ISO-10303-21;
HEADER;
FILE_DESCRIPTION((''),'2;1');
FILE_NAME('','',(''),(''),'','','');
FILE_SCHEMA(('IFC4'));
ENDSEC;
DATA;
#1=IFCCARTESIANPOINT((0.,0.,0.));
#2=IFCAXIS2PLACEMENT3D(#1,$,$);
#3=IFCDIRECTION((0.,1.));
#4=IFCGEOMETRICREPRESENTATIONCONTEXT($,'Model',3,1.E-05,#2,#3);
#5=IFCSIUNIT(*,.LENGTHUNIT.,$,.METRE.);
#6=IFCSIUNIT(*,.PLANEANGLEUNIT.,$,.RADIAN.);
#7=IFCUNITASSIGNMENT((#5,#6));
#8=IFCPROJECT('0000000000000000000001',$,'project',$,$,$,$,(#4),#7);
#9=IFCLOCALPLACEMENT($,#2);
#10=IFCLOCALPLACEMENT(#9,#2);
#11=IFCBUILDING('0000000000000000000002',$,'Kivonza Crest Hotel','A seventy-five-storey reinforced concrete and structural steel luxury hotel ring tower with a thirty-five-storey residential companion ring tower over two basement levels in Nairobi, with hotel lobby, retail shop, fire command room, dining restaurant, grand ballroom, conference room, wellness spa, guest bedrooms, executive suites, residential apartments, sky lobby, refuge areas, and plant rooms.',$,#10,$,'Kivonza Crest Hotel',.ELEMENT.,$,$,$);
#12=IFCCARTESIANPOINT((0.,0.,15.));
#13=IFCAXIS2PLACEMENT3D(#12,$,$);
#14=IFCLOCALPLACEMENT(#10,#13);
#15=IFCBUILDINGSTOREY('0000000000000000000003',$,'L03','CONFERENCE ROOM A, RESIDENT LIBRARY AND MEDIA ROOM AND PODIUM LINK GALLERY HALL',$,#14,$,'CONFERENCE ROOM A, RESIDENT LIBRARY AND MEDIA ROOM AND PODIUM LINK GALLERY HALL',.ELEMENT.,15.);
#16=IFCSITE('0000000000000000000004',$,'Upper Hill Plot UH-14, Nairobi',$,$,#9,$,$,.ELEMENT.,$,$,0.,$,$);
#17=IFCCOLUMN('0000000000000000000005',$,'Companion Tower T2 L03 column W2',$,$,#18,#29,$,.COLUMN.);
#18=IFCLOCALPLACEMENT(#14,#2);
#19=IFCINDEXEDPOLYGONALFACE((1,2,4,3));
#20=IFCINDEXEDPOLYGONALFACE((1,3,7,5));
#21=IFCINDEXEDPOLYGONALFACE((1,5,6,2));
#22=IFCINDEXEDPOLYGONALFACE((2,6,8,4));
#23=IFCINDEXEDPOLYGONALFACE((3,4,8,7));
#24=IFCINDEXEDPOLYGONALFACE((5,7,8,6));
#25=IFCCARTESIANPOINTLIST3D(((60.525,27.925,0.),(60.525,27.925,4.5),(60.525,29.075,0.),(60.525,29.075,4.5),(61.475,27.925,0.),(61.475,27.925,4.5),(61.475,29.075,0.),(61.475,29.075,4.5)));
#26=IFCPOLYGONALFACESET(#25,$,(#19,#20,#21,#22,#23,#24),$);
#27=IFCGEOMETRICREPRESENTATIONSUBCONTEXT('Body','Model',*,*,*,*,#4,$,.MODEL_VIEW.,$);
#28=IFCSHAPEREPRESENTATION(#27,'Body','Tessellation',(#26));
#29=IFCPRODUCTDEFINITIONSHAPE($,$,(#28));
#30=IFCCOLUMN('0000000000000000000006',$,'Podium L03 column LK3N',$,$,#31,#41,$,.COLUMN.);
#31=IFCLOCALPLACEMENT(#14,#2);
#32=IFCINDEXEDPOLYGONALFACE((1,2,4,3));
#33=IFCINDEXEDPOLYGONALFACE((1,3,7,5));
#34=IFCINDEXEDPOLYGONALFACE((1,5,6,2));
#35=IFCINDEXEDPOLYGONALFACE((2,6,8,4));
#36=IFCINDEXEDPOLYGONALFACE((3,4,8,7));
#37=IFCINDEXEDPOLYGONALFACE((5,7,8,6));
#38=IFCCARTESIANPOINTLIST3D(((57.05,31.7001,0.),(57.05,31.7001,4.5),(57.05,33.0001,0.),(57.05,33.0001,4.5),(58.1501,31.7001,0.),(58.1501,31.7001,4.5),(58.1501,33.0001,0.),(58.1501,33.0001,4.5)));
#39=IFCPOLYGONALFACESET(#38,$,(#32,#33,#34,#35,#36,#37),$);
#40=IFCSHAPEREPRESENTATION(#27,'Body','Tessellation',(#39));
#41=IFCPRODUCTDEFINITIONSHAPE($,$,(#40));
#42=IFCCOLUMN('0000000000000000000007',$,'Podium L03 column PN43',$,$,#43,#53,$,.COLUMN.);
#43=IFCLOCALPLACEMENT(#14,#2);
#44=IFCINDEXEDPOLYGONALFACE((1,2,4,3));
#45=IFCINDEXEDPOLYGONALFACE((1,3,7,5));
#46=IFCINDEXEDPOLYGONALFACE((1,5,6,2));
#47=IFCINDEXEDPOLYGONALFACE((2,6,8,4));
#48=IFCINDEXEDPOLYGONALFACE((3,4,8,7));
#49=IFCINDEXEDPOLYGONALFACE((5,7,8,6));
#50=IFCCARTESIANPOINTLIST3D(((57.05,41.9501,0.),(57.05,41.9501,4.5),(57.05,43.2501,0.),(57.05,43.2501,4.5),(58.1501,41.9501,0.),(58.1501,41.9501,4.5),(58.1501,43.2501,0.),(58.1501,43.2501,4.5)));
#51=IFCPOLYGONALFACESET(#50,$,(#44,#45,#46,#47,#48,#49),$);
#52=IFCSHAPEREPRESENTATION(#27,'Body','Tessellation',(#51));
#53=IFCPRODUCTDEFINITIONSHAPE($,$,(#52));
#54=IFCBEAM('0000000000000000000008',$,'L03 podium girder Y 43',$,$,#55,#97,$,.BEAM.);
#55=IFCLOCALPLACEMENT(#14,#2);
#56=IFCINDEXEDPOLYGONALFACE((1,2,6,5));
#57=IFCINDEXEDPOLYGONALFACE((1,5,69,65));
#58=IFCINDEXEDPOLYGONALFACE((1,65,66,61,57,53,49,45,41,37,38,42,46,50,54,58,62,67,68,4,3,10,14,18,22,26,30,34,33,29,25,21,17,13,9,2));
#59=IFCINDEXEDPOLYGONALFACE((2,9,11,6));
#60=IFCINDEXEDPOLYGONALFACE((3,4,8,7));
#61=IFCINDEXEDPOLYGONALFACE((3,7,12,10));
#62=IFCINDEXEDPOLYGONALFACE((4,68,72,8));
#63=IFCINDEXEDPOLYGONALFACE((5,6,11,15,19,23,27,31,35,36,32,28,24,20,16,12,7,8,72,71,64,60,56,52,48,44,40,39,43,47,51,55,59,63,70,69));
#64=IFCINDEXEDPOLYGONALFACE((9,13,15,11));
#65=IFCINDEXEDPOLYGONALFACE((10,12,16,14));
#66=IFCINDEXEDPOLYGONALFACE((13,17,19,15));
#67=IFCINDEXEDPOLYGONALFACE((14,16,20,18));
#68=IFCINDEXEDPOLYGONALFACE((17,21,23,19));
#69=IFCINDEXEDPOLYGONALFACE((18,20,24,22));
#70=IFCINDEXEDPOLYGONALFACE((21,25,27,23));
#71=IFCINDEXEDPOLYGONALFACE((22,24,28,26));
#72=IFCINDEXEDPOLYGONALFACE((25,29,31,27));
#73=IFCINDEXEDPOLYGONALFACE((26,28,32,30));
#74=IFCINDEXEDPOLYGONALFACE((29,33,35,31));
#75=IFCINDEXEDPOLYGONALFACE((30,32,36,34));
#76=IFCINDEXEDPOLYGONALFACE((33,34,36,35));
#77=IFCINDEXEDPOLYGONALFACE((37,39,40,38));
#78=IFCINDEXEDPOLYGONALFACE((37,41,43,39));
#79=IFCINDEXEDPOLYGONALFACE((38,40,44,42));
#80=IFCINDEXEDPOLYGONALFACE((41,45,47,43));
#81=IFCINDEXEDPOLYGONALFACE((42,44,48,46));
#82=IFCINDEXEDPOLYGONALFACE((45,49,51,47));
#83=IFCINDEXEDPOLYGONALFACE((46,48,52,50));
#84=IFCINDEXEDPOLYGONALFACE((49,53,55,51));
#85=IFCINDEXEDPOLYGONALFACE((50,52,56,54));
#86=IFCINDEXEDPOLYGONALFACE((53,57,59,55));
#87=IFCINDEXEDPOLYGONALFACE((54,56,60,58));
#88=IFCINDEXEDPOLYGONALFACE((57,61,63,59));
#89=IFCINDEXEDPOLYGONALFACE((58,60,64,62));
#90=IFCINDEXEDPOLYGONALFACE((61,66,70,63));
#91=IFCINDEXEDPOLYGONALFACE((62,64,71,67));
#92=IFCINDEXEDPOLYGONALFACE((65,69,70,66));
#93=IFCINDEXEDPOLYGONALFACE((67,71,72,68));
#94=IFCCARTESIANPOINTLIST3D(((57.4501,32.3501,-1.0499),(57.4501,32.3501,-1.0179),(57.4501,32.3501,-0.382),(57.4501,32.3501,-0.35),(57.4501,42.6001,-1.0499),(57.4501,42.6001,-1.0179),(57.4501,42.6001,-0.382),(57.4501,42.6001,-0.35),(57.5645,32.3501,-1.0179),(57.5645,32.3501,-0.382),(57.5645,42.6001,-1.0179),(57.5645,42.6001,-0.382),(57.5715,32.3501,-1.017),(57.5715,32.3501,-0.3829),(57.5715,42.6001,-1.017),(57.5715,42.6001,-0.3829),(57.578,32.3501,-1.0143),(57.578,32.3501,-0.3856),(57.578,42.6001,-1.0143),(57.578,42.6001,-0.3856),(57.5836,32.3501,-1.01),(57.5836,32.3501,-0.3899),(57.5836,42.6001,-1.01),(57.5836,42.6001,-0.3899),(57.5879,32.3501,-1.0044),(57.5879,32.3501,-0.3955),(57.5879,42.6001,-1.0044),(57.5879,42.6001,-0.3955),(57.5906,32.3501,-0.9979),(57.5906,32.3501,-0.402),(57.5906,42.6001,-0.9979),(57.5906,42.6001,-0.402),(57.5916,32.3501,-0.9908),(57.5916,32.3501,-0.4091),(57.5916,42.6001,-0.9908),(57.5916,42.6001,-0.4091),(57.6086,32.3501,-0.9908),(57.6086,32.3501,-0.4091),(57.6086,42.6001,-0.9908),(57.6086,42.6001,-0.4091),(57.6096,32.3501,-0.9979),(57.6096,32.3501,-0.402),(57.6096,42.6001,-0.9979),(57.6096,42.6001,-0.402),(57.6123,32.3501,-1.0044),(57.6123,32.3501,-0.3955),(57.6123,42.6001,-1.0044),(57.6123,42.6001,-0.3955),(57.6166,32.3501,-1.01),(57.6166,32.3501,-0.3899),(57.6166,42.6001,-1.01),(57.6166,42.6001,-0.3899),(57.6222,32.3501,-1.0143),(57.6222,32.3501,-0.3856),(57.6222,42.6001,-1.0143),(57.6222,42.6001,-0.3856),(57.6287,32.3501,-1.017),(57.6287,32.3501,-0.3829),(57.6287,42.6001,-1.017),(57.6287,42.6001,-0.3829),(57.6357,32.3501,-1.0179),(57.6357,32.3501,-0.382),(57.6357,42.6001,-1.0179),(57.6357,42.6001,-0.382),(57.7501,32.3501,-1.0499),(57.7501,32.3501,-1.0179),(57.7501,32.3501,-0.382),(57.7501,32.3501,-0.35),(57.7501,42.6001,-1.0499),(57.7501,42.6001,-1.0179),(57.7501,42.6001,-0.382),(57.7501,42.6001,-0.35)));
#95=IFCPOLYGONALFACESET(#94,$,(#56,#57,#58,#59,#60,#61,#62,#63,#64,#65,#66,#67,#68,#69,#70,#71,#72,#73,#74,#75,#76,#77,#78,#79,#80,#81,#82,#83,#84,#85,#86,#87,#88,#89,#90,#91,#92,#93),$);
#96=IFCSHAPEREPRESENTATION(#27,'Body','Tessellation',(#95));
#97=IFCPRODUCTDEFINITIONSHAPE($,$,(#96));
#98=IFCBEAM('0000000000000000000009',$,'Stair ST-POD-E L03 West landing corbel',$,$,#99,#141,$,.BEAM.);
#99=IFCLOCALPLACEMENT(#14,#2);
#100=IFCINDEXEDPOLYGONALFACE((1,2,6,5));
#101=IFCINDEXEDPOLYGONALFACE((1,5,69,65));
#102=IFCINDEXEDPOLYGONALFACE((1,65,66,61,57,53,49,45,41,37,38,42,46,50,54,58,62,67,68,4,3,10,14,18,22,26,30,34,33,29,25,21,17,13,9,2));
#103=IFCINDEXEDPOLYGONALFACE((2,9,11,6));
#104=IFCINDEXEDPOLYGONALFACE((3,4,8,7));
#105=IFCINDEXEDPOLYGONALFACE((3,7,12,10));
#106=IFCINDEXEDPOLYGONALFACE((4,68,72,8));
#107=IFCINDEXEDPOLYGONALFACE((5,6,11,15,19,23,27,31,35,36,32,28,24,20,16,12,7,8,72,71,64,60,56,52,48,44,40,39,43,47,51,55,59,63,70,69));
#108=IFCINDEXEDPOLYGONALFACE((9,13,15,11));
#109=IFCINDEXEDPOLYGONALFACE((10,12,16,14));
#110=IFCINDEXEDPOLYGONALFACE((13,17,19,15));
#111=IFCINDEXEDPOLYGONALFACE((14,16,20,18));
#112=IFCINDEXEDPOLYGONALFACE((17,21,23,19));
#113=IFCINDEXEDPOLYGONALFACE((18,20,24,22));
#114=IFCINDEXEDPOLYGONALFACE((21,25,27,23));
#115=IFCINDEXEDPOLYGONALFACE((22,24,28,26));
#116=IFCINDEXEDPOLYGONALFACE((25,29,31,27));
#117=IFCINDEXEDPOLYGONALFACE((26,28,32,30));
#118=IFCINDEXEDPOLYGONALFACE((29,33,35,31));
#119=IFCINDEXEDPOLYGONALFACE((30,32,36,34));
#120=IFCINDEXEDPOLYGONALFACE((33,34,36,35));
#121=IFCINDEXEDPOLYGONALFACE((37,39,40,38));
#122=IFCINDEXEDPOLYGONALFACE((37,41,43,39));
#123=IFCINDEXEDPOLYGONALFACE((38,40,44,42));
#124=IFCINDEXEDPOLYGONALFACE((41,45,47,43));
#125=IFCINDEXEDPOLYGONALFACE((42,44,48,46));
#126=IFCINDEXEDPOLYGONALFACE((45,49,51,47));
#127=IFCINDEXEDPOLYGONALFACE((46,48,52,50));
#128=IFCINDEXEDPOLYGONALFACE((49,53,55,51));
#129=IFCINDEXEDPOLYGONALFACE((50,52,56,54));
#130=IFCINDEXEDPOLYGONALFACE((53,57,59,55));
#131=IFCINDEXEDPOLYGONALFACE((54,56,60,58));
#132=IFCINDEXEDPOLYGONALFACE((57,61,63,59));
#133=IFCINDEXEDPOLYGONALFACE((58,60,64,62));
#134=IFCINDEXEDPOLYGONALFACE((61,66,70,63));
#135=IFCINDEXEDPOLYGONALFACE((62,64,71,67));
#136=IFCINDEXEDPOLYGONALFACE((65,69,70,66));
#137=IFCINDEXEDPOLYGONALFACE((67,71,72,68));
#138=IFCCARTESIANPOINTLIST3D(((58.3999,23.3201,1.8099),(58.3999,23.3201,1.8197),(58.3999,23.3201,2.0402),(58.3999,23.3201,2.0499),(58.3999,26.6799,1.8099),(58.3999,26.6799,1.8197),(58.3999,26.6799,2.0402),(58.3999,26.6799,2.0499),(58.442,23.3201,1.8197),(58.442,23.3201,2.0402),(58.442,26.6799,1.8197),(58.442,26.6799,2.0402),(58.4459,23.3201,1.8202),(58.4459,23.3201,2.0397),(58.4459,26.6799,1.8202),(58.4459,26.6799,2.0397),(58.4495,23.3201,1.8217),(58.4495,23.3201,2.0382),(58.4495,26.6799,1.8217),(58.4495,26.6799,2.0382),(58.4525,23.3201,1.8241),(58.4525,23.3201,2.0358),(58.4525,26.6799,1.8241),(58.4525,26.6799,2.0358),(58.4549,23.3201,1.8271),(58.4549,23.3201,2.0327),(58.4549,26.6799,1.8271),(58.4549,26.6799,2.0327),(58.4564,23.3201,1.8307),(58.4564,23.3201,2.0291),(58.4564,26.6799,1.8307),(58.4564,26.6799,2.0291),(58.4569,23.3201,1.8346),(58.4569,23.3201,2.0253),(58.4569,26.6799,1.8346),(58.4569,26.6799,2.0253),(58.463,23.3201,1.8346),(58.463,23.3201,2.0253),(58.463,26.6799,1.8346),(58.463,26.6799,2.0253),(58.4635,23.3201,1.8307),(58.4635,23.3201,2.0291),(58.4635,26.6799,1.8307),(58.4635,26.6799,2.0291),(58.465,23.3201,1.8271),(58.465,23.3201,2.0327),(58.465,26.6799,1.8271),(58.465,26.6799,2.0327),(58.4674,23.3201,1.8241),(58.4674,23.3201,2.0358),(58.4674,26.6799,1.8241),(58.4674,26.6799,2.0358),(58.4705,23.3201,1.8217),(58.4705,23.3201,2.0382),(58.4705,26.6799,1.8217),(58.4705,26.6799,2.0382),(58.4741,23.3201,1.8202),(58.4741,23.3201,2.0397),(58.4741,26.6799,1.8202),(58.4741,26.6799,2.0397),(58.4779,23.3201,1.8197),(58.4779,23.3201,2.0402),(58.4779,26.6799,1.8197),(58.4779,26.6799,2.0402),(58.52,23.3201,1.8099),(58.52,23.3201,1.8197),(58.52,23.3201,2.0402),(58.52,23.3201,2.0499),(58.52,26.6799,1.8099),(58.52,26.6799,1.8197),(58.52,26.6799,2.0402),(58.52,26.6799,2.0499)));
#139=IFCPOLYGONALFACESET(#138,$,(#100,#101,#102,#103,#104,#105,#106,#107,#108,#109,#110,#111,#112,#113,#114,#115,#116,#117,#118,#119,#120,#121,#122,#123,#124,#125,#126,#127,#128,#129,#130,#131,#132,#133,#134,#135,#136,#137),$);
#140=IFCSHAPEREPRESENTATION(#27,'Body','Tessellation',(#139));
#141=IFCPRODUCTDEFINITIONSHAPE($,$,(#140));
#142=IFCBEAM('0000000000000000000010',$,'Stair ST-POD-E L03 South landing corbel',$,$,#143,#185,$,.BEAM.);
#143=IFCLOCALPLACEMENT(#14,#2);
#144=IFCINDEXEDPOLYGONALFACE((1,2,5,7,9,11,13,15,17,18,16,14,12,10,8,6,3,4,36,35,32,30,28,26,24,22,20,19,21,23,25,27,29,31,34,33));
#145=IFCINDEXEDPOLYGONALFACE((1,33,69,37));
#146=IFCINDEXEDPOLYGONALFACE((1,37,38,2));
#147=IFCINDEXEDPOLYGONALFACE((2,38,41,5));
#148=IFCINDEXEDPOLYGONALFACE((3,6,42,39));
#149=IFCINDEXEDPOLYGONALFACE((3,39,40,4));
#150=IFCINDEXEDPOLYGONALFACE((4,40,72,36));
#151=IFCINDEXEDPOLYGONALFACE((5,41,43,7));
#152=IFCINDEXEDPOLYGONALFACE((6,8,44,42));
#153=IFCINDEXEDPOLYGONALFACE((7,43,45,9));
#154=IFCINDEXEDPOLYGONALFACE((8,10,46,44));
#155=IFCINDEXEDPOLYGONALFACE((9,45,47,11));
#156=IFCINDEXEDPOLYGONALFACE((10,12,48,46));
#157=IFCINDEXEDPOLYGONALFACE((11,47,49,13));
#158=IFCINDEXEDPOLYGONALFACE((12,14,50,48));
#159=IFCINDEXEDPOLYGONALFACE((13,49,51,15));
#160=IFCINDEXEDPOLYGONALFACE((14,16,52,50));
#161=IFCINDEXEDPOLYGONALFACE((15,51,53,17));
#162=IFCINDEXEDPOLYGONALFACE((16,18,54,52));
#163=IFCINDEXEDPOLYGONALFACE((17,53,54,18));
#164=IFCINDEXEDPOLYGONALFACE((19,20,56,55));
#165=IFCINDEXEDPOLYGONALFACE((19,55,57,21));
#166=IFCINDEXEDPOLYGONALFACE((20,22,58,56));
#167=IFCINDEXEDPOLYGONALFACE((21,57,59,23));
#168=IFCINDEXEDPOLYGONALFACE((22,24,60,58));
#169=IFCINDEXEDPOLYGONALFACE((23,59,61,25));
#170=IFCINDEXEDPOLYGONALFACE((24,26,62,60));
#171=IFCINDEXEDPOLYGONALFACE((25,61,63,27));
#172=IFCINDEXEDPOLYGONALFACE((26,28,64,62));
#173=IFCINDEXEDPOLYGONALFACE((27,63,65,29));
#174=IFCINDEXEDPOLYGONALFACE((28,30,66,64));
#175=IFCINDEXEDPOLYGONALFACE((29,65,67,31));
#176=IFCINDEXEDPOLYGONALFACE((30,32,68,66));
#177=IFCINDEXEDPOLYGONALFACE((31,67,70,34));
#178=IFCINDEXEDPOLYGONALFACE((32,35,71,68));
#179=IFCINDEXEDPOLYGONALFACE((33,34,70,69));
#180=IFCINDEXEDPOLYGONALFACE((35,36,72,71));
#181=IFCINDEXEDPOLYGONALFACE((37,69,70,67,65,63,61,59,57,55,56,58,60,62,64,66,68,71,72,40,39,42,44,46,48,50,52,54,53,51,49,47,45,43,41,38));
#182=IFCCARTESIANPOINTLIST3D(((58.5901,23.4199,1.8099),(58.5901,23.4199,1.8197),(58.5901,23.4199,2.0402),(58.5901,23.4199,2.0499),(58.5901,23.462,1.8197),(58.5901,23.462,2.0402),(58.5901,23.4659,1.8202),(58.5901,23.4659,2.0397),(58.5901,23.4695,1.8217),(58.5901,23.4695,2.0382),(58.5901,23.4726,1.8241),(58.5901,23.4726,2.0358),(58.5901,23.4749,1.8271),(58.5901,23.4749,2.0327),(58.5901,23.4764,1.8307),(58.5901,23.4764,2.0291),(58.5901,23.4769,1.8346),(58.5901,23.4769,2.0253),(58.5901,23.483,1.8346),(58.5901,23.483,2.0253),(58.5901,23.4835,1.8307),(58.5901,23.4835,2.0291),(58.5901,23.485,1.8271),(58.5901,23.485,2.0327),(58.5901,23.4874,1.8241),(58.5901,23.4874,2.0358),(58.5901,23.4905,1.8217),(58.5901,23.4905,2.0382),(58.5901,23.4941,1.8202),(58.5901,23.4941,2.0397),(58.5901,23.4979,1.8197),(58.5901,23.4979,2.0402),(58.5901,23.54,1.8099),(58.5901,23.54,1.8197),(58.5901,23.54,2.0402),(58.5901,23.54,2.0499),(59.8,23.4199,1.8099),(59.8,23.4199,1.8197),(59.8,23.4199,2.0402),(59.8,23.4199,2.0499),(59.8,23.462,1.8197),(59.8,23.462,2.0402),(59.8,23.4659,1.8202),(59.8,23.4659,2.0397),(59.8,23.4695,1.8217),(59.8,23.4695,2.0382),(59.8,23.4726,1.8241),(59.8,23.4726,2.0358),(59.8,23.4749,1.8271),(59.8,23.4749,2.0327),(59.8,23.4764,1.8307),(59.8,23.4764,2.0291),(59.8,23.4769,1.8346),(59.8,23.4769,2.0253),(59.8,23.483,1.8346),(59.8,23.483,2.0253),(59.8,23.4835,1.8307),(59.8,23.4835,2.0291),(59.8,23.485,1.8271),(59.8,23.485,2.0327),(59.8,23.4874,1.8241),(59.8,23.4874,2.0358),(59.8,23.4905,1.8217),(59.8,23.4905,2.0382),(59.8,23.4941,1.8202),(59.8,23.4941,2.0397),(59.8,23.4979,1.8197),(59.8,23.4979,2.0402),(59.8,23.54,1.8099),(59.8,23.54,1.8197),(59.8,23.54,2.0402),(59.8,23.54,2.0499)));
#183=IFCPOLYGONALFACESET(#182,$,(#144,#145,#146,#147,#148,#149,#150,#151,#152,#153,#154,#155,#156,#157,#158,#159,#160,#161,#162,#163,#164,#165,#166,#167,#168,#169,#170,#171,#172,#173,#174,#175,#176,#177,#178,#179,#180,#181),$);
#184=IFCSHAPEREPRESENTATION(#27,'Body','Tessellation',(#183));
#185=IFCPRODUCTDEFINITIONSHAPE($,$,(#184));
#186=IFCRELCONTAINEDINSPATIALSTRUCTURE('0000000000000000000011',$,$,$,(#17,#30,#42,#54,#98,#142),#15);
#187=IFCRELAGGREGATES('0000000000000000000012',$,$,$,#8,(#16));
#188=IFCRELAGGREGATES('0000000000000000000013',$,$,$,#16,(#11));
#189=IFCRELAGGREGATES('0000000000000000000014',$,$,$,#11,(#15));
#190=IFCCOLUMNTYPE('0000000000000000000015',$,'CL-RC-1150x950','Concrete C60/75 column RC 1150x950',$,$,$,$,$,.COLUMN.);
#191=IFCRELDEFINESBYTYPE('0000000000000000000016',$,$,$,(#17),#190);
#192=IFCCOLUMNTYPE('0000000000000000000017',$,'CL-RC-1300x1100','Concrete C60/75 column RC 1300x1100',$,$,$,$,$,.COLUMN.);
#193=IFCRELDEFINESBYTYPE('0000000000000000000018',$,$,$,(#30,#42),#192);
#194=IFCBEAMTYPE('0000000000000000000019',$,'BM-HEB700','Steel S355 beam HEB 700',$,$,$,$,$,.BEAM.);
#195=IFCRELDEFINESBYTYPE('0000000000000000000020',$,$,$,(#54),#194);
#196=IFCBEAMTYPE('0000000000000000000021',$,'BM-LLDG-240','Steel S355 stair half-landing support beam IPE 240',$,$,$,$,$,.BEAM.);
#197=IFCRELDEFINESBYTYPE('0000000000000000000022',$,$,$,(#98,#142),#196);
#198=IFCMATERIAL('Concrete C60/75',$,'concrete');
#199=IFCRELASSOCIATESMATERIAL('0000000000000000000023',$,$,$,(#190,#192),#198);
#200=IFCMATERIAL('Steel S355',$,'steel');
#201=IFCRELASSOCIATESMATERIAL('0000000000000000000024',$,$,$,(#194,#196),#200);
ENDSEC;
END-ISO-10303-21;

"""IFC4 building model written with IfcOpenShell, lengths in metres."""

from ifc_helpers import new_model, si_unit, direction, frame, origin, origin_2d, place, context, subcontext, project, spatial, rectangle, i_section, extrude, material, material_profile, profile_set, type_object, element, save


model = new_model("IFC4")

# Units and contexts
model_context = context("Model", 3, precision=1e-05, world=origin(), true_north=direction((0.0, 1.0)))
body_context = subcontext(model_context, "Body", "Model", "MODEL_VIEW")
ifc_project = project(units=[si_unit("LENGTHUNIT", "METRE"), si_unit("PLANEANGLEUNIT", "RADIAN")], contexts=[model_context])

# Site, building, storey
site_placement = place(None, origin())
site = spatial("IfcSite", under=ifc_project, at=site_placement, Name="Upper Hill Plot UH-14, Nairobi", CompositionType="ELEMENT", RefElevation=0.0)
building_placement = place(site_placement, origin())
building = spatial("IfcBuilding", under=site, at=building_placement, Name="Kivonza Crest Hotel", Description="A seventy-five-storey reinforced concrete and structural steel luxury hotel ring tower with a thirty-five-storey residential companion ring tower over two basement levels in Nairobi, with hotel lobby, retail shop, fire command room, dining restaurant, grand ballroom, conference room, wellness spa, guest bedrooms, executive suites, residential apartments, sky lobby, refuge areas, and plant rooms.", LongName="Kivonza Crest Hotel", CompositionType="ELEMENT")
storey_placement = place(building_placement, frame((0.0, 0.0, 15.0)))
storey = spatial("IfcBuildingStorey", under=building, at=storey_placement, Name="L03", Description="CONFERENCE ROOM A, RESIDENT LIBRARY AND MEDIA ROOM AND PODIUM LINK GALLERY HALL", LongName="CONFERENCE ROOM A, RESIDENT LIBRARY AND MEDIA ROOM AND PODIUM LINK GALLERY HALL", CompositionType="ELEMENT", Elevation=15.0)

# Columns
ifc_material_1 = material(Name="Concrete C60/75", Category="concrete")
ifc_material_profile_1 = material_profile(ifc_material_1, rectangle(XDim=0.95, YDim=1.1499, at=origin_2d()), Name="RC 1150x950")
ifc_profile_set_1 = profile_set([ifc_material_profile_1], Name="Concrete C60/75")
column_type_1 = type_object("IfcColumnType", Name="CL-RC-1150x950", Description="Concrete C60/75 column RC 1150x950", PredefinedType="COLUMN", material=ifc_profile_set_1)
column_placement = place(storey_placement, frame((61.0, 28.5, 0.0), z_axis=(0.0, 0.0, 1.0), x_axis=(1.0, 0.0, 0.0)))
element("IfcColumn", 1, at=column_placement, inside=storey, type_object=column_type_1, Name="Companion Tower T2 L03 column W2", PredefinedType="COLUMN", context=body_context, shape_type="SweptSolid", body=[
    extrude(rectangle(XDim=0.95, YDim=1.1499, at=origin_2d()), origin(), (0.0, 0.0, 1.0), 4.5),
])
ifc_material_profile_2 = material_profile(ifc_material_1, rectangle(XDim=1.1001, YDim=1.3, at=origin_2d()), Name="RC 1300x1100")
ifc_profile_set_2 = profile_set([ifc_material_profile_2], Name="Concrete C60/75")
column_type_2 = type_object("IfcColumnType", Name="CL-RC-1300x1100", Description="Concrete C60/75 column RC 1300x1100", PredefinedType="COLUMN", material=ifc_profile_set_2)
for number, where, z_axis, x_axis, name in (
    (2, (57.6001, 32.3501, 0.0), (0.0, 0.0, 1.0), (1.0, 0.0, 0.0), "Podium L03 column LK3N"),
    (3, (57.6001, 42.6001, 0.0), (0.0, 0.0, 1.0), (1.0, 0.0, 0.0), "Podium L03 column PN43"),
):
    element("IfcColumn", number, at=place(storey_placement, frame(where, z_axis=z_axis, x_axis=x_axis)), inside=storey, type_object=column_type_2, Name=name, PredefinedType="COLUMN", context=body_context, shape_type="SweptSolid", body=[
        extrude(rectangle(XDim=1.1001, YDim=1.3, at=origin_2d()), origin(), (0.0, 0.0, 1.0), 4.5),
    ])

# Beams
ifc_material_2 = material(Name="Steel S355", Category="steel")
ifc_material_profile_3 = material_profile(ifc_material_2, i_section(OverallWidth=0.3, OverallDepth=0.7, WebThickness=0.0171, FlangeThickness=0.032, FilletRadius=0.0271, at=origin_2d()), Name="HEB 700")
ifc_profile_set_3 = profile_set([ifc_material_profile_3], Name="Steel S355")
beam_type_1 = type_object("IfcBeamType", Name="BM-HEB700", Description="Steel S355 beam HEB 700", PredefinedType="BEAM", material=ifc_profile_set_3)
beam_1_placement = place(storey_placement, frame((57.6001, 32.3501, -0.7), z_axis=(0.0, 1.0, 0.0), x_axis=(-1.0, 0.0, 0.0)))
element("IfcBeam", 4, at=beam_1_placement, inside=storey, type_object=beam_type_1, Name="L03 podium girder Y 43", PredefinedType="BEAM", context=body_context, shape_type="SweptSolid", body=[
    extrude(i_section(OverallWidth=0.3, OverallDepth=0.7, WebThickness=0.0171, FlangeThickness=0.032, FilletRadius=0.0271, at=origin_2d()), origin(), (0.0, 0.0, 1.0), 10.25),
])
ifc_material_profile_4 = material_profile(ifc_material_2, i_section(OverallWidth=0.1201, OverallDepth=0.24, WebThickness=0.0061, FlangeThickness=0.0098, FilletRadius=0.0149, at=origin_2d()), Name="IPE 240")
ifc_profile_set_4 = profile_set([ifc_material_profile_4], Name="Steel S355")
beam_type_2 = type_object("IfcBeamType", Name="BM-LLDG-240", Description="Steel S355 stair half-landing support beam IPE 240", PredefinedType="BEAM", material=ifc_profile_set_4)
beam_2_placement = place(storey_placement, frame((58.46, 23.3201, 1.9299), z_axis=(0.0, 1.0, 0.0), x_axis=(-1.0, 0.0, 0.0)))
element("IfcBeam", 5, at=beam_2_placement, inside=storey, type_object=beam_type_2, Name="Stair ST-POD-E L03 West landing corbel", PredefinedType="BEAM", context=body_context, shape_type="SweptSolid", body=[
    extrude(i_section(OverallWidth=0.1201, OverallDepth=0.24, WebThickness=0.0061, FlangeThickness=0.0098, FilletRadius=0.0149, at=origin_2d()), origin(), (0.0, 0.0, 1.0), 3.3599),
])
for number, where, z_axis, x_axis, name in (
    (6, (58.5901, 23.48, 1.9299), (1.0, 0.0, 0.0), (0.0, 1.0, 0.0), "Stair ST-POD-E L03 South landing corbel"),
):
    element("IfcBeam", number, at=place(storey_placement, frame(where, z_axis=z_axis, x_axis=x_axis)), inside=storey, type_object=beam_type_2, Name=name, PredefinedType="BEAM", context=body_context, shape_type="SweptSolid", body=[
        extrude(i_section(OverallWidth=0.1201, OverallDepth=0.24, WebThickness=0.0061, FlangeThickness=0.0098, FilletRadius=0.0149, at=origin_2d()), origin(), (0.0, 0.0, 1.0), 1.21),
    ])

save(model, "model.ifc")
